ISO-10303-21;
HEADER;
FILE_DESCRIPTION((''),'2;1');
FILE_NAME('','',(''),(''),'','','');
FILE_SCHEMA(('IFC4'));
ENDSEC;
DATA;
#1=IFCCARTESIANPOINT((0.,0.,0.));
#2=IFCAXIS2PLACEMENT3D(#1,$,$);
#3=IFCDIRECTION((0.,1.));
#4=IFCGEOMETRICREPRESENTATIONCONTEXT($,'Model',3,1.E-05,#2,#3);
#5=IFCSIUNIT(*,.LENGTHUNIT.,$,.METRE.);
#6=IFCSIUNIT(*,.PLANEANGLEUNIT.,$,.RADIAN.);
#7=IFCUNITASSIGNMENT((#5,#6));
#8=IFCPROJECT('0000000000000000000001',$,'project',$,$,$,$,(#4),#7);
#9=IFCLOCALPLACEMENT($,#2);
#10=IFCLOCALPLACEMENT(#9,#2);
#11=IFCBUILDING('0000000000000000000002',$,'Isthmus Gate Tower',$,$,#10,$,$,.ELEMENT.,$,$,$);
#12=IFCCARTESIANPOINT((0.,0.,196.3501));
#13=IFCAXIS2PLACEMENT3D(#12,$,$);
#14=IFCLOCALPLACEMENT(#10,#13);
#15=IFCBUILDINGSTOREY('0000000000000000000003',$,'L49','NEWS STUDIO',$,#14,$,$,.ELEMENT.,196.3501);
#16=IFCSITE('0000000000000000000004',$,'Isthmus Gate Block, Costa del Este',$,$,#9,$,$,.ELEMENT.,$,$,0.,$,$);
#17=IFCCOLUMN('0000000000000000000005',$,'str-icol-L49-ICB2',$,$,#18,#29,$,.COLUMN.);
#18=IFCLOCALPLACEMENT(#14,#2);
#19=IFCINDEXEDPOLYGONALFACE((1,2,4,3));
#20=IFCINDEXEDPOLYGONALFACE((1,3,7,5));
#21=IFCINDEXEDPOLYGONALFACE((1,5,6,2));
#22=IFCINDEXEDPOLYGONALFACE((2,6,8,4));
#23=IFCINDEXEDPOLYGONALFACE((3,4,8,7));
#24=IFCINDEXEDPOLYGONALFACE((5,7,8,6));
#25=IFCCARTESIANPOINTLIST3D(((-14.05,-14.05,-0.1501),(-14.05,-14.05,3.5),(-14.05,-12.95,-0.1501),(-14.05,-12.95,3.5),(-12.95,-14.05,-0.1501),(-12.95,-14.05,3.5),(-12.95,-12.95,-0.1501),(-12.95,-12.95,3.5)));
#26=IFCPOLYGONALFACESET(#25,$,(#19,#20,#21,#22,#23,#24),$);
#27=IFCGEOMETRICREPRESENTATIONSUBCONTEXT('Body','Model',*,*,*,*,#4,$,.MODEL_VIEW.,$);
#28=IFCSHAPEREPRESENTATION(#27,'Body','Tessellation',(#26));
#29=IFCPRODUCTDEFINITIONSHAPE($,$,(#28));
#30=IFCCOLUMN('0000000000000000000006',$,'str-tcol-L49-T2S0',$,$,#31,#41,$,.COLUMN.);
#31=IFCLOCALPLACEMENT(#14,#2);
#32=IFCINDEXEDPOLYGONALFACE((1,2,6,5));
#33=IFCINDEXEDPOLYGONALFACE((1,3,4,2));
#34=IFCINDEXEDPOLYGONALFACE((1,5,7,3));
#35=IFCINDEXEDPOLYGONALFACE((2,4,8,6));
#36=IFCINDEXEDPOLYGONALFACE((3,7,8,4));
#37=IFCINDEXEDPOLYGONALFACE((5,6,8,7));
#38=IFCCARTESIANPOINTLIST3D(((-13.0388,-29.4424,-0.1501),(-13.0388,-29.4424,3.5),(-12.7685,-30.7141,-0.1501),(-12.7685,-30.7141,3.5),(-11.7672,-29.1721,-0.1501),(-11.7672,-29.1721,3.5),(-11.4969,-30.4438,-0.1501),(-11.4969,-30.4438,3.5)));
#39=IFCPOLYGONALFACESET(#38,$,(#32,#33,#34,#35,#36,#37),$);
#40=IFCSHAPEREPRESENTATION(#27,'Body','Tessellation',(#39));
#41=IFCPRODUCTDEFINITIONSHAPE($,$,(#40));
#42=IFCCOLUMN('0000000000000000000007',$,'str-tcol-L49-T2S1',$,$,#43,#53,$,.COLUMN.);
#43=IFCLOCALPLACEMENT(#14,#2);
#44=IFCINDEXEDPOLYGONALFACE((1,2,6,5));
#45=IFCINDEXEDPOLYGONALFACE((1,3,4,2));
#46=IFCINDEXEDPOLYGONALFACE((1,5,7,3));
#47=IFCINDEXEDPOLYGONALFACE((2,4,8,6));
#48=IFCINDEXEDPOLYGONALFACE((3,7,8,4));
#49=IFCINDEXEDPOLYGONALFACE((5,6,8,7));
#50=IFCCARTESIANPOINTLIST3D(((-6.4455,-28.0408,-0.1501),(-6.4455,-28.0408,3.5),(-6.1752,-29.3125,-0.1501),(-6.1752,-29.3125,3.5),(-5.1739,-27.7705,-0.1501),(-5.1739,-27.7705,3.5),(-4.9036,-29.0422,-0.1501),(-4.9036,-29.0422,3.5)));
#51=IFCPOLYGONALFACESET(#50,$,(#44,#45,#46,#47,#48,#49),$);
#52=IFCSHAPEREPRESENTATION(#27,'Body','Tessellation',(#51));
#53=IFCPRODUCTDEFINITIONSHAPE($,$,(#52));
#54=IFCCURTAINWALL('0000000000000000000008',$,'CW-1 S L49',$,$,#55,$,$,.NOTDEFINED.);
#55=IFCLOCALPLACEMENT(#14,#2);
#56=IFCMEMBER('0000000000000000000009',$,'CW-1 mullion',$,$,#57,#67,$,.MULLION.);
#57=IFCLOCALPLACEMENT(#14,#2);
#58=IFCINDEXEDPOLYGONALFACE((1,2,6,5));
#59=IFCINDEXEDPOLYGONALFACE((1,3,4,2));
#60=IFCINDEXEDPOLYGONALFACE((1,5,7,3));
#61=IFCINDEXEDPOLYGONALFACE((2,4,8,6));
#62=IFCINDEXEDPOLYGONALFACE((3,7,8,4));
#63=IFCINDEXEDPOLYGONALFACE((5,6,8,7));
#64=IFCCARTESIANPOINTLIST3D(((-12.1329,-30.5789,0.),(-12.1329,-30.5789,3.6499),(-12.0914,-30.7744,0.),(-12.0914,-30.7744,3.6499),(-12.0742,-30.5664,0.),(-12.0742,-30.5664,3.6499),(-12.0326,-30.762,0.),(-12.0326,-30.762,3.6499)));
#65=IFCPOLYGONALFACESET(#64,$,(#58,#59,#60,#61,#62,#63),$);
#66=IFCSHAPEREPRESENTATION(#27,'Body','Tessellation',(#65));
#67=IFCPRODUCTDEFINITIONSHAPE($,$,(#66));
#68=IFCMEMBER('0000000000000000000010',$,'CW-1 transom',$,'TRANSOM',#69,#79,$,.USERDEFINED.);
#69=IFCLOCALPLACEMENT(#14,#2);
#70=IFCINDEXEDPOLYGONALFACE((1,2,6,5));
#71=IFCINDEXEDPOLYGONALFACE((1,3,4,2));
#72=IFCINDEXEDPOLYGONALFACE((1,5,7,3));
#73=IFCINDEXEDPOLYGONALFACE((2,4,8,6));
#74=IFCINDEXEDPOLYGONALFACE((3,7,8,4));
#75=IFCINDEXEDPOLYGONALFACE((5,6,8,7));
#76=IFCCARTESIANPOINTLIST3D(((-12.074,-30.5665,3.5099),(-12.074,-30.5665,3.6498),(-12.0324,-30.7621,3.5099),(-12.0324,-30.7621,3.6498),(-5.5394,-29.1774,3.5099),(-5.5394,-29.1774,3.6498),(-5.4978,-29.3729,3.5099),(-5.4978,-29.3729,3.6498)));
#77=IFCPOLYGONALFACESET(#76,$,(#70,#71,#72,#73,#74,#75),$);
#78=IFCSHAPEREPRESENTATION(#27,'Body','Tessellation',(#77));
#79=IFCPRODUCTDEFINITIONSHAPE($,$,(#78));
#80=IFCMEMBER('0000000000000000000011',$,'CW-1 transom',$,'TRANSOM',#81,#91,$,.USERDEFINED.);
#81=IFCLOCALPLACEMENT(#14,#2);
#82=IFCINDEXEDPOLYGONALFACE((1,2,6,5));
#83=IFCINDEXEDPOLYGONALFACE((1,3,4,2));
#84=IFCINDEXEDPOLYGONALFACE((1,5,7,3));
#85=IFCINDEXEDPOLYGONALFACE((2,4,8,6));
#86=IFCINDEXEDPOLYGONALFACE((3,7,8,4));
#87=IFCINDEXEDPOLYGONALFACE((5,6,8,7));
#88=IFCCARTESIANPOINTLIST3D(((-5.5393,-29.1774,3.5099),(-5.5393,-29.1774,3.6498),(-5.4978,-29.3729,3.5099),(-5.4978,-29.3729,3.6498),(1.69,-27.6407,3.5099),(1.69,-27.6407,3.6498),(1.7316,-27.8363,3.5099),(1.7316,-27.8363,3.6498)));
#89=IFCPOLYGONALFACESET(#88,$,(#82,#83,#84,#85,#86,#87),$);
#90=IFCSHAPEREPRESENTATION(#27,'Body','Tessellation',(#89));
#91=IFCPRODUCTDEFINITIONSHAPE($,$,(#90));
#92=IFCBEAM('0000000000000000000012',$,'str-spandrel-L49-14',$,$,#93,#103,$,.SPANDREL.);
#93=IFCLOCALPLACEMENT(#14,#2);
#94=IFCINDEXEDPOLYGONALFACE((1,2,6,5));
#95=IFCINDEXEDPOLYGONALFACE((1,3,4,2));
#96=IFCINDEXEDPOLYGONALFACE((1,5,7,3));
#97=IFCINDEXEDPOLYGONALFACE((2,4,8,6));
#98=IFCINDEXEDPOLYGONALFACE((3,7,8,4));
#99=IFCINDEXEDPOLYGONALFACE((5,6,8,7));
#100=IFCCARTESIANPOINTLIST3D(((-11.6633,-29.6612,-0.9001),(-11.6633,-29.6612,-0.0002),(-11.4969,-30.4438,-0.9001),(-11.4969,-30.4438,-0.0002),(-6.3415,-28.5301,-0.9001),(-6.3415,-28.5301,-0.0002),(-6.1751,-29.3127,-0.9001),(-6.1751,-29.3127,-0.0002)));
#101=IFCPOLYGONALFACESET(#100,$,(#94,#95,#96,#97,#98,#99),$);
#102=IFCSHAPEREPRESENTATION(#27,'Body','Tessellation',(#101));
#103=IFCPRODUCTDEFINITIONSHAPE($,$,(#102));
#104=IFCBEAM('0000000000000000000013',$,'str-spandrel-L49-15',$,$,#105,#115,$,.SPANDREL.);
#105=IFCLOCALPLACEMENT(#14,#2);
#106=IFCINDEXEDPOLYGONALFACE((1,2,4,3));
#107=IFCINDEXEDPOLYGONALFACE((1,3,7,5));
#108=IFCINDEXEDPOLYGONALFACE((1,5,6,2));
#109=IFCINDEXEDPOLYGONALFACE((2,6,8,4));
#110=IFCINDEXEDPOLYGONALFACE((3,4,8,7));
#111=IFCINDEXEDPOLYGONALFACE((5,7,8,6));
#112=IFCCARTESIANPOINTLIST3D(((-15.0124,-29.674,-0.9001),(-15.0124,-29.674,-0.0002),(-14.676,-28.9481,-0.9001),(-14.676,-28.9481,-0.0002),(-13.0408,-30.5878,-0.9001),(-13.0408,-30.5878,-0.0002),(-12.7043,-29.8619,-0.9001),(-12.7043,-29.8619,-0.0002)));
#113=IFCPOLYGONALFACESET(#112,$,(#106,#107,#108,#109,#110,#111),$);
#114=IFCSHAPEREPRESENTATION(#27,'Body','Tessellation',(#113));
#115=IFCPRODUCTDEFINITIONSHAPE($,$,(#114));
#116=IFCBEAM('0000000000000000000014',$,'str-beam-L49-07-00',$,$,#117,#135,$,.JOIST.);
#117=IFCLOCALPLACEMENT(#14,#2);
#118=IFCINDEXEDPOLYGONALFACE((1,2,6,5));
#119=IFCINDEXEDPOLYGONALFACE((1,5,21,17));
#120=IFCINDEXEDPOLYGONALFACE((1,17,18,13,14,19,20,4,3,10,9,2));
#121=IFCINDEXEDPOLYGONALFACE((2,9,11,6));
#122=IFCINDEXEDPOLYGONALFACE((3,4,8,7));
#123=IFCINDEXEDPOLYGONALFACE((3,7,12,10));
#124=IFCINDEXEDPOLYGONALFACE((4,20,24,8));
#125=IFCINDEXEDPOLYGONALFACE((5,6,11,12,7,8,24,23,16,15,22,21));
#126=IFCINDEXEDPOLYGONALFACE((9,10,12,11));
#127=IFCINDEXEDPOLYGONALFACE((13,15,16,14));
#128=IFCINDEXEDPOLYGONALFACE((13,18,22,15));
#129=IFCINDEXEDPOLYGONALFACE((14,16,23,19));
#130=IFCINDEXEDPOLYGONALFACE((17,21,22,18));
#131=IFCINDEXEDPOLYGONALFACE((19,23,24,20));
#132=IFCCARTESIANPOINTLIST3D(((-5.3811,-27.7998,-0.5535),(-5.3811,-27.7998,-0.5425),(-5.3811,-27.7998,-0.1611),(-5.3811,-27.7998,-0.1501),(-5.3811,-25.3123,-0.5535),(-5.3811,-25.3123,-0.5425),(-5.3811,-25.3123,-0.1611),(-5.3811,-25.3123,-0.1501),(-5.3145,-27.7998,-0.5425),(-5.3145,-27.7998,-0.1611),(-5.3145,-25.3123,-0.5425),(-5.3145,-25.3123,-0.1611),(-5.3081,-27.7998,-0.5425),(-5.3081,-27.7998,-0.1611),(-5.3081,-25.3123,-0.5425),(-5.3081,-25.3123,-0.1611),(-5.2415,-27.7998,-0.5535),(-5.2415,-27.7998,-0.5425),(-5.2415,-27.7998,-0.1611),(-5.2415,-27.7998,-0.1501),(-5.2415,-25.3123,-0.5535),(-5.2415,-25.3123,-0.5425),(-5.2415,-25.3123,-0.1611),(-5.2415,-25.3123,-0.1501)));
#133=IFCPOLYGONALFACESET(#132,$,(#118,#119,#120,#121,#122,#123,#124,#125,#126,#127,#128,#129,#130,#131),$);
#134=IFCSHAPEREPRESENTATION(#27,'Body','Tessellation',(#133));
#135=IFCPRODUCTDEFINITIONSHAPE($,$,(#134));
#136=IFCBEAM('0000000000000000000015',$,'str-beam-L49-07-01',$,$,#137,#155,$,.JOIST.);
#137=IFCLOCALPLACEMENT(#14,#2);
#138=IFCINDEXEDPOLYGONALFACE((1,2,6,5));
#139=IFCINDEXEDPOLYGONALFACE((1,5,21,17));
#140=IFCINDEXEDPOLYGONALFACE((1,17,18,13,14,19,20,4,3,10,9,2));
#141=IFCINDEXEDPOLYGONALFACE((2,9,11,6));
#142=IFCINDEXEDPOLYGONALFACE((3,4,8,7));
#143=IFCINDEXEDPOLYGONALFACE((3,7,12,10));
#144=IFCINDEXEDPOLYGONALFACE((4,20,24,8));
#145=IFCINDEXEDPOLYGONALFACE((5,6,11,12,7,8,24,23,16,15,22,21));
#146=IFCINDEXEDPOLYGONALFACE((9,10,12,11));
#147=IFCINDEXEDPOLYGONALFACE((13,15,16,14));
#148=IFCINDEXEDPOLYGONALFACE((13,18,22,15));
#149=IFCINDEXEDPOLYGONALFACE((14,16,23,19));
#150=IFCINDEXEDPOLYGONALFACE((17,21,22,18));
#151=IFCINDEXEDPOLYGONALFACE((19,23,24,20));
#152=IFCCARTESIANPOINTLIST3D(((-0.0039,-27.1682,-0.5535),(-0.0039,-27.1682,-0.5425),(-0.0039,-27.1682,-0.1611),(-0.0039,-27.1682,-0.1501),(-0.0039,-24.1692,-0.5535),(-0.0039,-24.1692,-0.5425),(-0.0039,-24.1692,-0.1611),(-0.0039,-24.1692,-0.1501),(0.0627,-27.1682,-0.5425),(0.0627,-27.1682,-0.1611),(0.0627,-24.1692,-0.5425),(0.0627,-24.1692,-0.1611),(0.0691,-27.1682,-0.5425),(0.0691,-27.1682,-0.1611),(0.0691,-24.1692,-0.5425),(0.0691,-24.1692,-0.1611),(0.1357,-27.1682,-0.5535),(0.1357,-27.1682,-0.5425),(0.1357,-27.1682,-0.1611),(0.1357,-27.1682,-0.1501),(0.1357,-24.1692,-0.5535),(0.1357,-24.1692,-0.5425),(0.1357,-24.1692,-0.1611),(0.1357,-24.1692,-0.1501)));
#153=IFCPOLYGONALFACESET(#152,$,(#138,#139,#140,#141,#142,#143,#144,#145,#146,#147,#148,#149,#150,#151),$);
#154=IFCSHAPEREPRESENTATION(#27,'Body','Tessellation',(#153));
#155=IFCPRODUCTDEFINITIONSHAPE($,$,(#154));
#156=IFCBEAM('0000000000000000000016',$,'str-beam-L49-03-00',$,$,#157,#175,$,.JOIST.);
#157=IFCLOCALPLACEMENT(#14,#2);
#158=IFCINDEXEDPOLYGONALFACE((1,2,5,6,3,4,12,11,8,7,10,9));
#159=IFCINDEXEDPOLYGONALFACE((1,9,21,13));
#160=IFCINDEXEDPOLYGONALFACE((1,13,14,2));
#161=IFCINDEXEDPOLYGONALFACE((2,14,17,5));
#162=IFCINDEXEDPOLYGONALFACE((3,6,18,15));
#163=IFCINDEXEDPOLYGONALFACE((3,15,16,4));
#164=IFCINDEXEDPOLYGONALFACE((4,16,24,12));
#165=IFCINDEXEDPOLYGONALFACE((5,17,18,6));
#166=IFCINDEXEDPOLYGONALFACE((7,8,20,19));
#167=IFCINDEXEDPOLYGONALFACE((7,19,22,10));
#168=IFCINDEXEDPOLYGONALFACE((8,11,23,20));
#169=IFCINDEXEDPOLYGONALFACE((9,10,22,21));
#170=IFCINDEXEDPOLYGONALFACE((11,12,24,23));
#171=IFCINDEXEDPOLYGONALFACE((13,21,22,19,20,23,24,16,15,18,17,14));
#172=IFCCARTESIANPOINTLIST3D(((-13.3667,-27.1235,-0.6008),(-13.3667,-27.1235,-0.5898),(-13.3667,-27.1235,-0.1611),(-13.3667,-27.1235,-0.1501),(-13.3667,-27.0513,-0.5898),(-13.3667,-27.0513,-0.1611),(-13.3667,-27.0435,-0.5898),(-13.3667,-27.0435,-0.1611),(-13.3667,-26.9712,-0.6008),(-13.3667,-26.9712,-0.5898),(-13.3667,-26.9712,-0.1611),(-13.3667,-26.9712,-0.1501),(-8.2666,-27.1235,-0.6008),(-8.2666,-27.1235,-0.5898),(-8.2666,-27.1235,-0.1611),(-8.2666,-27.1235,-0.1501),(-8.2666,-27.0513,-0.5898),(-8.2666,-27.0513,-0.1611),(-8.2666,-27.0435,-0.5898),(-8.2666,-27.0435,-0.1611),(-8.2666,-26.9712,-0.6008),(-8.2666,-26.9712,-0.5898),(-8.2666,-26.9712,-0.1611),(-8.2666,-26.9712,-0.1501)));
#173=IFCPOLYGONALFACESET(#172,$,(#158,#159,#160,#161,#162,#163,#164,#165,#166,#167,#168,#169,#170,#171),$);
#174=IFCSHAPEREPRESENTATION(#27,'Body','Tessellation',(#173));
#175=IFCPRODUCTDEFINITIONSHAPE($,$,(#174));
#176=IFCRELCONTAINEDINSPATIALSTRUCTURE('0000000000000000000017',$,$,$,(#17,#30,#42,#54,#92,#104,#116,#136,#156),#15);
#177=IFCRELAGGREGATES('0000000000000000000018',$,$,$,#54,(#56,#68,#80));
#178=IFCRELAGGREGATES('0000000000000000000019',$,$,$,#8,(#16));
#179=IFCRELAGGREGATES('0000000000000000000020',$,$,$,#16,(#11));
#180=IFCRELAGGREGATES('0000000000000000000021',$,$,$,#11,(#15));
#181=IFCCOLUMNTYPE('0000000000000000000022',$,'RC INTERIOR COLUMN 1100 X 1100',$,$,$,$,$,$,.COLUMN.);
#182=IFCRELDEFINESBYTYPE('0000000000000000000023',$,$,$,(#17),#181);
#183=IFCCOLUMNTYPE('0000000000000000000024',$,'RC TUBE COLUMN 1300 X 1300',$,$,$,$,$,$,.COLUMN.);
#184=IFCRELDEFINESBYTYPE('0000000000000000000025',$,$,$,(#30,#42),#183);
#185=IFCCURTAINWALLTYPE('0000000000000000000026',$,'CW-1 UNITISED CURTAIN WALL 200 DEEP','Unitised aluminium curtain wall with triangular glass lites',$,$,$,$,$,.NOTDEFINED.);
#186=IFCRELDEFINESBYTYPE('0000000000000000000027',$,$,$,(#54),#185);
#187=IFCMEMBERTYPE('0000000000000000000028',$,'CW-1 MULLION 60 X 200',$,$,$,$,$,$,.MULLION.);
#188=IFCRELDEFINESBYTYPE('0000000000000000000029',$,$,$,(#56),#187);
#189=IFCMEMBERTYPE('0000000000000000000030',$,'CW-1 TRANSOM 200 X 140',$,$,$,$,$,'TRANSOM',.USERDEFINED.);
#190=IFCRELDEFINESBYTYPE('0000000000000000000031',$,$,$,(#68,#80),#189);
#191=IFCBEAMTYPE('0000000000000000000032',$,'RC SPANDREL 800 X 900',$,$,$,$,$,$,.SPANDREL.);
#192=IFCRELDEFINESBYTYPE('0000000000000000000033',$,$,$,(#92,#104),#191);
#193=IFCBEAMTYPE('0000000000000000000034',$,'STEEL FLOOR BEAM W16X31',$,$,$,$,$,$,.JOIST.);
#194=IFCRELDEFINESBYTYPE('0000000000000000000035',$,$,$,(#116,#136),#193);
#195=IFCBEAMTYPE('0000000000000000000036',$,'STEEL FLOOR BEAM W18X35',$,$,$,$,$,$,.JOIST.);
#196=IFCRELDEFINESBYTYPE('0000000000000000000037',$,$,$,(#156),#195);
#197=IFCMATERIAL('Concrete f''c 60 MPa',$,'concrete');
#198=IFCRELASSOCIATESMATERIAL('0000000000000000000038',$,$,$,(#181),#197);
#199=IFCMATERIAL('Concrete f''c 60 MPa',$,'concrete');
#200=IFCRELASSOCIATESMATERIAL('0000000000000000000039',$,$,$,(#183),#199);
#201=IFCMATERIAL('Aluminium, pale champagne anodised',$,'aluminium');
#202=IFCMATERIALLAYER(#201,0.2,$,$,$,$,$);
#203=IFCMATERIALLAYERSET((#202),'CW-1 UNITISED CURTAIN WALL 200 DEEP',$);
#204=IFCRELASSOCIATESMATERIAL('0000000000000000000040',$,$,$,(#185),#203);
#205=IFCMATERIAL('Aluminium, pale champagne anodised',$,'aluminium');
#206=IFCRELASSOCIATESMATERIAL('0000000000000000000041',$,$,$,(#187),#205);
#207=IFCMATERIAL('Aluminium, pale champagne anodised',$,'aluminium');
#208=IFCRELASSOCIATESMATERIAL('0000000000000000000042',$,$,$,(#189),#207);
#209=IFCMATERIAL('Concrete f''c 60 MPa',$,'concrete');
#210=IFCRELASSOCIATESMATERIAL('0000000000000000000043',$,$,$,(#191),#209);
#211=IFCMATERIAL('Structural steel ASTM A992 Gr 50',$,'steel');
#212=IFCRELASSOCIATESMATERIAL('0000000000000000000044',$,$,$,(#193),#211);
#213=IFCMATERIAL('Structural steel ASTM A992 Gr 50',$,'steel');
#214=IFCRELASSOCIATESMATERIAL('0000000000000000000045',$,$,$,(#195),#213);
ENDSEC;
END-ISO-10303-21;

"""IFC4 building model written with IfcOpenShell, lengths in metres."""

from ifc_helpers import new_model, si_unit, direction, frame, origin, origin_2d, place, context, subcontext, project, spatial, rectangle, i_section, extrude, material, layer, layer_set, material_profile, profile_set, type_object, element, aggregate, save


model = new_model("IFC4")

# Units and contexts
model_context = context("Model", 3, precision=1e-05, world=origin(), true_north=direction((0.0, 1.0)))
body_context = subcontext(model_context, "Body", "Model", "MODEL_VIEW")
ifc_project = project(units=[si_unit("LENGTHUNIT", "METRE"), si_unit("PLANEANGLEUNIT", "RADIAN")], contexts=[model_context])

# Site, building, storey
site_placement = place(None, origin())
site = spatial("IfcSite", under=ifc_project, at=site_placement, Name="Isthmus Gate Block, Costa del Este", CompositionType="ELEMENT", RefElevation=0.0)
building_placement = place(site_placement, origin())
building = spatial("IfcBuilding", under=site, at=building_placement, Name="Isthmus Gate Tower", CompositionType="ELEMENT")
storey_placement = place(building_placement, frame((0.0, 0.0, 196.3501)))
storey = spatial("IfcBuildingStorey", under=building, at=storey_placement, Name="L49", Description="NEWS STUDIO", CompositionType="ELEMENT", Elevation=196.3501)

# Columns
ifc_material_1 = material(Name="Concrete f'c 60 MPa", Category="concrete")
ifc_material_profile_1 = material_profile(ifc_material_1, rectangle(XDim=1.1001, YDim=1.1001, at=origin_2d()), Name="RC 1100X1100")
ifc_profile_set_1 = profile_set([ifc_material_profile_1], Name="Concrete f'c 60 MPa")
column_type_1 = type_object("IfcColumnType", Name="RC INTERIOR COLUMN 1100 X 1100", PredefinedType="COLUMN", material=ifc_profile_set_1)
column_placement = place(storey_placement, frame((-13.5, -13.5, -0.1501), z_axis=(0.0, 0.0, 1.0), x_axis=(1.0, 0.0, 0.0)))
element("IfcColumn", 1, at=column_placement, inside=storey, type_object=column_type_1, Name="str-icol-L49-ICB2", PredefinedType="COLUMN", context=body_context, shape_type="SweptSolid", body=[
    extrude(rectangle(XDim=1.1001, YDim=1.1001, at=origin_2d()), origin(), (0.0, 0.0, 1.0), 3.6501),
])
ifc_material_2 = material(Name="Concrete f'c 60 MPa", Category="concrete")
ifc_material_profile_2 = material_profile(ifc_material_2, rectangle(XDim=1.3, YDim=1.3, at=origin_2d()), Name="RC 1300X1300")
ifc_profile_set_2 = profile_set([ifc_material_profile_2], Name="Concrete f'c 60 MPa")
column_type_2 = type_object("IfcColumnType", Name="RC TUBE COLUMN 1300 X 1300", PredefinedType="COLUMN", material=ifc_profile_set_2)
for number, where, z_axis, x_axis, name in (
    (2, (-12.2678, -29.9431, -0.1501), (0.0, 0.0, 1.0), (0.978148, 0.207912, 0.0), "str-tcol-L49-T2S0"),
    (3, (-5.6746, -28.5415, -0.1501), (0.0, 0.0, 1.0), (0.978148, 0.207912, 0.0), "str-tcol-L49-T2S1"),
):
    element("IfcColumn", number, at=place(storey_placement, frame(where, z_axis=z_axis, x_axis=x_axis)), inside=storey, type_object=column_type_2, Name=name, PredefinedType="COLUMN", context=body_context, shape_type="SweptSolid", body=[
        extrude(rectangle(XDim=1.3, YDim=1.3, at=origin_2d()), origin(), (0.0, 0.0, 1.0), 3.6501),
    ])

# Curtain wall, members
ifc_material_3 = material(Name="Aluminium, pale champagne anodised", Category="aluminium")
ifc_layer_1 = layer(ifc_material_3, 0.2)
ifc_layer_set_1 = layer_set([ifc_layer_1], Name="CW-1 UNITISED CURTAIN WALL 200 DEEP")
curtain_wall_type = type_object("IfcCurtainWallType", Name="CW-1 UNITISED CURTAIN WALL 200 DEEP", Description="Unitised aluminium curtain wall with triangular glass lites", PredefinedType="NOTDEFINED", material=ifc_layer_set_1)
curtain_wall_1_placement = place(storey_placement, origin())
curtain_wall_1 = element("IfcCurtainWall", 4, at=curtain_wall_1_placement, inside=storey, type_object=curtain_wall_type, Name="CW-1 S L49", PredefinedType="NOTDEFINED")
ifc_material_4 = material(Name="Aluminium, pale champagne anodised", Category="aluminium")
ifc_material_profile_3 = material_profile(ifc_material_4, rectangle(XDim=0.0601, YDim=0.2, at=origin_2d()), Name="60x200")
ifc_profile_set_3 = profile_set([ifc_material_profile_3], Name="Aluminium, pale champagne anodised")
member_type_1 = type_object("IfcMemberType", Name="CW-1 MULLION 60 X 200", PredefinedType="MULLION", material=ifc_profile_set_3)
member_1_placement = place(storey_placement, frame((-12.0828, -30.6704, 0.0), z_axis=(0.0, 0.0, 1.0), x_axis=(0.978148, 0.207912, 0.0)))
member_1 = element("IfcMember", 5, at=member_1_placement, type_object=member_type_1, Name="CW-1 mullion", PredefinedType="MULLION", context=body_context, shape_type="SweptSolid", body=[
    extrude(rectangle(XDim=0.0601, YDim=0.2, at=origin_2d()), origin(), (0.0, 0.0, 1.0), 3.6499),
])
ifc_material_5 = material(Name="Aluminium, pale champagne anodised", Category="aluminium")
ifc_material_profile_4 = material_profile(ifc_material_5, rectangle(XDim=0.2, YDim=0.1399, at=origin_2d()), Name="200x140")
ifc_profile_set_4 = profile_set([ifc_material_profile_4], Name="Aluminium, pale champagne anodised")
member_type_2 = type_object("IfcMemberType", Name="CW-1 TRANSOM 200 X 140", ElementType="TRANSOM", PredefinedType="USERDEFINED", material=ifc_profile_set_4)
member_2_placement = place(storey_placement, frame((-12.0532, -30.6643, 3.5798), z_axis=(0.978142, 0.207937, 0.0), x_axis=(-0.207937, 0.978142, 0.0)))
member_2 = element("IfcMember", 6, at=member_2_placement, type_object=member_type_2, Name="CW-1 transom", ObjectType="TRANSOM", PredefinedType="USERDEFINED", context=body_context, shape_type="SweptSolid", body=[
    extrude(rectangle(XDim=0.2, YDim=0.1399, at=origin_2d()), origin(), (0.0, 0.0, 1.0), 6.6807),
])
member_3_placement = place(storey_placement, frame((-5.5186, -29.2751, 3.5798), z_axis=(0.978148, 0.207911, 0.0), x_axis=(-0.207911, 0.978148, 0.0)))
member_3 = element("IfcMember", 7, at=member_3_placement, type_object=member_type_2, Name="CW-1 transom", ObjectType="TRANSOM", PredefinedType="USERDEFINED", context=body_context, shape_type="SweptSolid", body=[
    extrude(rectangle(XDim=0.2, YDim=0.1399, at=origin_2d()), origin(), (0.0, 0.0, 1.0), 7.3909),
])

# Beams
ifc_material_6 = material(Name="Concrete f'c 60 MPa", Category="concrete")
ifc_material_profile_5 = material_profile(ifc_material_6, rectangle(XDim=0.8, YDim=0.8999, at=origin_2d()), Name="RC 800X900")
ifc_profile_set_5 = profile_set([ifc_material_profile_5], Name="Concrete f'c 60 MPa")
beam_type_1 = type_object("IfcBeamType", Name="RC SPANDREL 800 X 900", PredefinedType="SPANDREL", material=ifc_profile_set_5)
beam_1_placement = place(storey_placement, frame((-6.2583, -28.9214, -0.4502), z_axis=(-0.97815, -0.207898, 0.0), x_axis=(0.207898, -0.97815, 0.0)))
element("IfcBeam", 8, at=beam_1_placement, inside=storey, type_object=beam_type_1, Name="str-spandrel-L49-14", PredefinedType="SPANDREL", context=body_context, shape_type="SweptSolid", body=[
    extrude(rectangle(XDim=0.8, YDim=0.8999, at=origin_2d()), origin(), (0.0, 0.0, 1.0), 5.4407),
])
beam_2_placement = place(storey_placement, frame((-12.8726, -30.2249, -0.4502), z_axis=(-0.907291, 0.420504, 0.0), x_axis=(-0.420504, -0.907291, 0.0)))
element("IfcBeam", 9, at=beam_2_placement, inside=storey, type_object=beam_type_1, Name="str-spandrel-L49-15", PredefinedType="SPANDREL", context=body_context, shape_type="SweptSolid", body=[
    extrude(rectangle(XDim=0.8, YDim=0.8999, at=origin_2d()), origin(), (0.0, 0.0, 1.0), 2.1731),
])
ifc_material_7 = material(Name="Structural steel ASTM A992 Gr 50", Category="steel")
ifc_material_profile_6 = material_profile(ifc_material_7, i_section(OverallWidth=0.1396, OverallDepth=0.4033, WebThickness=0.0063, FlangeThickness=0.011, at=origin_2d()), Name="W16X31")
ifc_profile_set_6 = profile_set([ifc_material_profile_6], Name="Structural steel ASTM A992 Gr 50")
beam_type_2 = type_object("IfcBeamType", Name="STEEL FLOOR BEAM W16X31", PredefinedType="JOIST", material=ifc_profile_set_6)
beam_3_placement = place(storey_placement, frame((-5.3113, -27.7998, -0.3518), z_axis=(0.0, 1.0, 0.0), x_axis=(-1.0, 0.0, 0.0)))
element("IfcBeam", 10, at=beam_3_placement, inside=storey, type_object=beam_type_2, Name="str-beam-L49-07-00", PredefinedType="JOIST", context=body_context, shape_type="SweptSolid", body=[
    extrude(i_section(OverallWidth=0.1396, OverallDepth=0.4033, WebThickness=0.0063, FlangeThickness=0.011, at=origin_2d()), origin(), (0.0, 0.0, 1.0), 2.4875),
])
beam_4_placement = place(storey_placement, frame((0.0659, -27.1682, -0.3518), z_axis=(0.0, 1.0, 0.0), x_axis=(-1.0, 0.0, 0.0)))
element("IfcBeam", 11, at=beam_4_placement, inside=storey, type_object=beam_type_2, Name="str-beam-L49-07-01", PredefinedType="JOIST", context=body_context, shape_type="SweptSolid", body=[
    extrude(i_section(OverallWidth=0.1396, OverallDepth=0.4033, WebThickness=0.0063, FlangeThickness=0.011, at=origin_2d()), origin(), (0.0, 0.0, 1.0), 2.999),
])
ifc_material_8 = material(Name="Structural steel ASTM A992 Gr 50", Category="steel")
ifc_material_profile_7 = material_profile(ifc_material_8, i_section(OverallWidth=0.1523, OverallDepth=0.4507, WebThickness=0.0078, FlangeThickness=0.011, at=origin_2d()), Name="W18X35")
ifc_profile_set_7 = profile_set([ifc_material_profile_7], Name="Structural steel ASTM A992 Gr 50")
beam_type_3 = type_object("IfcBeamType", Name="STEEL FLOOR BEAM W18X35", PredefinedType="JOIST", material=ifc_profile_set_7)
for number, where, z_axis, x_axis, name in (
    (12, (-13.3667, -27.0474, -0.3755), (1.0, 0.0, 0.0), (0.0, 1.0, 0.0), "str-beam-L49-03-00"),
):
    element("IfcBeam", number, at=place(storey_placement, frame(where, z_axis=z_axis, x_axis=x_axis)), inside=storey, type_object=beam_type_3, Name=name, PredefinedType="JOIST", context=body_context, shape_type="SweptSolid", body=[
        extrude(i_section(OverallWidth=0.1523, OverallDepth=0.4507, WebThickness=0.0078, FlangeThickness=0.011, at=origin_2d()), origin(), (0.0, 0.0, 1.0), 5.1001),
    ])

aggregate(curtain_wall_1, [member_1, member_2, member_3])

save(model, "model.ifc")
